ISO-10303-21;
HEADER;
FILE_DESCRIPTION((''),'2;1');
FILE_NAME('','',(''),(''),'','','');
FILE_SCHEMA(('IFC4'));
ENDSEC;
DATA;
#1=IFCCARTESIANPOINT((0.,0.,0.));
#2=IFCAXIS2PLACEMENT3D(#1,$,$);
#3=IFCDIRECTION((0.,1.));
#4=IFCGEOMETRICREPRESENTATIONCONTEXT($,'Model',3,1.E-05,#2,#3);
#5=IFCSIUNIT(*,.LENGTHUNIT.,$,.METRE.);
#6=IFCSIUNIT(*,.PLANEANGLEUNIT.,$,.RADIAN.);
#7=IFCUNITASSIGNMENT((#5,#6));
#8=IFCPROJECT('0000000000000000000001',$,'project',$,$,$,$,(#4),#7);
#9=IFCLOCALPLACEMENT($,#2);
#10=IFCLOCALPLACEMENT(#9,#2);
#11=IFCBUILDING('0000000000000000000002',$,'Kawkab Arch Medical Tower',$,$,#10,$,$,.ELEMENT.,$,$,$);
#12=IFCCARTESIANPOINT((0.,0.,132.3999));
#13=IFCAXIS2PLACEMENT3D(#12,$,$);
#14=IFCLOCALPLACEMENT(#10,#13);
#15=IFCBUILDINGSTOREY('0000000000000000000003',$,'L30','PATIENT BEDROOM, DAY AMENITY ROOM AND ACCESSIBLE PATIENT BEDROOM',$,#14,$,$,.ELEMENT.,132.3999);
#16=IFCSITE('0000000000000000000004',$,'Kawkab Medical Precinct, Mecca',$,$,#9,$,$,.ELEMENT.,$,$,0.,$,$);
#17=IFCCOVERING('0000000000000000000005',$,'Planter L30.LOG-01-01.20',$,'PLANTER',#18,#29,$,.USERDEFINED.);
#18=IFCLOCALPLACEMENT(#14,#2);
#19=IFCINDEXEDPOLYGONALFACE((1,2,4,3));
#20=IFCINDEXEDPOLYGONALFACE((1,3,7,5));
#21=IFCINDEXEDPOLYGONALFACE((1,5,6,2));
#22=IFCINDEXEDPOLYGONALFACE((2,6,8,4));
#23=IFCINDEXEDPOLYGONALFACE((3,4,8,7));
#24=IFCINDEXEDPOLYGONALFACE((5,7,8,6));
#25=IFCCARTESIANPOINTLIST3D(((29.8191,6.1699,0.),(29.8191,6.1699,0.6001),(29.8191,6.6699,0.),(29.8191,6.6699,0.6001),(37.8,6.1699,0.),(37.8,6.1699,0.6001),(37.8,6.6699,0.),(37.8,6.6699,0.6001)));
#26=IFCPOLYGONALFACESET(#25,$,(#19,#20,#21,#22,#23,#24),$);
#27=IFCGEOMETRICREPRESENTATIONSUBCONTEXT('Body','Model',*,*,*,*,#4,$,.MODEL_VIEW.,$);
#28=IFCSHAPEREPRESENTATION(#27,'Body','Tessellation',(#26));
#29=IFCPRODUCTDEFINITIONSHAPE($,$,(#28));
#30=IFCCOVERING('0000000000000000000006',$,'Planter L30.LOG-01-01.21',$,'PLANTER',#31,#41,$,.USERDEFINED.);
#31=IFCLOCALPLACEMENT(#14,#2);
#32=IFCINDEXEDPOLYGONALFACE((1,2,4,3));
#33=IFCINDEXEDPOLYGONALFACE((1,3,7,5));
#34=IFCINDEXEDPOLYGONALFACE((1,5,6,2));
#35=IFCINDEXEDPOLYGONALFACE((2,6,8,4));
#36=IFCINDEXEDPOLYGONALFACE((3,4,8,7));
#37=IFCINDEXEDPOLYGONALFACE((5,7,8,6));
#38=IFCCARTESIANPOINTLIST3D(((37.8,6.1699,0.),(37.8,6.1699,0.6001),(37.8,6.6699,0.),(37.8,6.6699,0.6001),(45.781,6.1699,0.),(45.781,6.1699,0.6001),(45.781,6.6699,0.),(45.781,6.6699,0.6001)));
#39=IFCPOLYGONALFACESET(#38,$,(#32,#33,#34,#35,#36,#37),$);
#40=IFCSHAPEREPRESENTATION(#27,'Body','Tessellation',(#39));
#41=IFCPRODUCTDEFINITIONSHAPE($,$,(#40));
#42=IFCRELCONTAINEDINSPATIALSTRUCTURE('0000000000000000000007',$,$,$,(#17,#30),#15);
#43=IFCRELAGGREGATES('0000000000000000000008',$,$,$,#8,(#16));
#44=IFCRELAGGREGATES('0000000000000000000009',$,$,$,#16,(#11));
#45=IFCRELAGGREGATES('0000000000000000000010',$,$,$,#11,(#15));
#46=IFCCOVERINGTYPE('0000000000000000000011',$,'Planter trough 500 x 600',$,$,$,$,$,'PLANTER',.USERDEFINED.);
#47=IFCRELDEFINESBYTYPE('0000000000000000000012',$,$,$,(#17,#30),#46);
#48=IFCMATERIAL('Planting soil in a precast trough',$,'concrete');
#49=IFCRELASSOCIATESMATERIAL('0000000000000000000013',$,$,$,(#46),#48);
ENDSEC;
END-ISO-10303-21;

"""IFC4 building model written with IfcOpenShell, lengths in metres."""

from ifc_helpers import new_model, si_unit, direction, frame, origin, origin_2d, place, context, subcontext, project, spatial, rectangle, extrude, material, material_profile, profile_set, type_object, element, save


model = new_model("IFC4")

# Units and contexts
model_context = context("Model", 3, precision=1e-05, world=origin(), true_north=direction((0.0, 1.0)))
body_context = subcontext(model_context, "Body", "Model", "MODEL_VIEW")
ifc_project = project(units=[si_unit("LENGTHUNIT", "METRE"), si_unit("PLANEANGLEUNIT", "RADIAN")], contexts=[model_context])

# Site, building, storey
site_placement = place(None, origin())
site = spatial("IfcSite", under=ifc_project, at=site_placement, Name="Kawkab Medical Precinct, Mecca", CompositionType="ELEMENT", RefElevation=0.0)
building_placement = place(site_placement, origin())
building = spatial("IfcBuilding", under=site, at=building_placement, Name="Kawkab Arch Medical Tower", CompositionType="ELEMENT")
storey_placement = place(building_placement, frame((0.0, 0.0, 132.3999)))
storey = spatial("IfcBuildingStorey", under=building, at=storey_placement, Name="L30", Description="PATIENT BEDROOM, DAY AMENITY ROOM AND ACCESSIBLE PATIENT BEDROOM", CompositionType="ELEMENT", Elevation=132.3999)

# Coverings
ifc_material_1 = material(Name="Planting soil in a precast trough", Category="concrete")
ifc_material_profile_1 = material_profile(ifc_material_1, rectangle(XDim=0.5, YDim=0.6001, at=origin_2d()), Name="Trough 500x600")
ifc_profile_set_1 = profile_set([ifc_material_profile_1], Name="Planting soil in a precast trough")
covering_type_1 = type_object("IfcCoveringType", Name="Planter trough 500 x 600", ElementType="PLANTER", PredefinedType="USERDEFINED", material=ifc_profile_set_1)
for number, where, z_axis, x_axis, name in (
    (1, (29.8191, 6.4199, 0.3), (1.0, 0.0, 0.0), (0.0, 1.0, 0.0), "Planter L30.LOG-01-01.20"),
    (2, (37.8, 6.4199, 0.3), (1.0, 0.0, 0.0), (0.0, 1.0, 0.0), "Planter L30.LOG-01-01.21"),
):
    element("IfcCovering", number, at=place(storey_placement, frame(where, z_axis=z_axis, x_axis=x_axis)), inside=storey, type_object=covering_type_1, Name=name, ObjectType="PLANTER", PredefinedType="USERDEFINED", context=body_context, shape_type="SweptSolid", body=[
        extrude(rectangle(XDim=0.5, YDim=0.6001, at=origin_2d()), origin(), (0.0, 0.0, 1.0), 7.981),
    ])

save(model, "model.ifc")
